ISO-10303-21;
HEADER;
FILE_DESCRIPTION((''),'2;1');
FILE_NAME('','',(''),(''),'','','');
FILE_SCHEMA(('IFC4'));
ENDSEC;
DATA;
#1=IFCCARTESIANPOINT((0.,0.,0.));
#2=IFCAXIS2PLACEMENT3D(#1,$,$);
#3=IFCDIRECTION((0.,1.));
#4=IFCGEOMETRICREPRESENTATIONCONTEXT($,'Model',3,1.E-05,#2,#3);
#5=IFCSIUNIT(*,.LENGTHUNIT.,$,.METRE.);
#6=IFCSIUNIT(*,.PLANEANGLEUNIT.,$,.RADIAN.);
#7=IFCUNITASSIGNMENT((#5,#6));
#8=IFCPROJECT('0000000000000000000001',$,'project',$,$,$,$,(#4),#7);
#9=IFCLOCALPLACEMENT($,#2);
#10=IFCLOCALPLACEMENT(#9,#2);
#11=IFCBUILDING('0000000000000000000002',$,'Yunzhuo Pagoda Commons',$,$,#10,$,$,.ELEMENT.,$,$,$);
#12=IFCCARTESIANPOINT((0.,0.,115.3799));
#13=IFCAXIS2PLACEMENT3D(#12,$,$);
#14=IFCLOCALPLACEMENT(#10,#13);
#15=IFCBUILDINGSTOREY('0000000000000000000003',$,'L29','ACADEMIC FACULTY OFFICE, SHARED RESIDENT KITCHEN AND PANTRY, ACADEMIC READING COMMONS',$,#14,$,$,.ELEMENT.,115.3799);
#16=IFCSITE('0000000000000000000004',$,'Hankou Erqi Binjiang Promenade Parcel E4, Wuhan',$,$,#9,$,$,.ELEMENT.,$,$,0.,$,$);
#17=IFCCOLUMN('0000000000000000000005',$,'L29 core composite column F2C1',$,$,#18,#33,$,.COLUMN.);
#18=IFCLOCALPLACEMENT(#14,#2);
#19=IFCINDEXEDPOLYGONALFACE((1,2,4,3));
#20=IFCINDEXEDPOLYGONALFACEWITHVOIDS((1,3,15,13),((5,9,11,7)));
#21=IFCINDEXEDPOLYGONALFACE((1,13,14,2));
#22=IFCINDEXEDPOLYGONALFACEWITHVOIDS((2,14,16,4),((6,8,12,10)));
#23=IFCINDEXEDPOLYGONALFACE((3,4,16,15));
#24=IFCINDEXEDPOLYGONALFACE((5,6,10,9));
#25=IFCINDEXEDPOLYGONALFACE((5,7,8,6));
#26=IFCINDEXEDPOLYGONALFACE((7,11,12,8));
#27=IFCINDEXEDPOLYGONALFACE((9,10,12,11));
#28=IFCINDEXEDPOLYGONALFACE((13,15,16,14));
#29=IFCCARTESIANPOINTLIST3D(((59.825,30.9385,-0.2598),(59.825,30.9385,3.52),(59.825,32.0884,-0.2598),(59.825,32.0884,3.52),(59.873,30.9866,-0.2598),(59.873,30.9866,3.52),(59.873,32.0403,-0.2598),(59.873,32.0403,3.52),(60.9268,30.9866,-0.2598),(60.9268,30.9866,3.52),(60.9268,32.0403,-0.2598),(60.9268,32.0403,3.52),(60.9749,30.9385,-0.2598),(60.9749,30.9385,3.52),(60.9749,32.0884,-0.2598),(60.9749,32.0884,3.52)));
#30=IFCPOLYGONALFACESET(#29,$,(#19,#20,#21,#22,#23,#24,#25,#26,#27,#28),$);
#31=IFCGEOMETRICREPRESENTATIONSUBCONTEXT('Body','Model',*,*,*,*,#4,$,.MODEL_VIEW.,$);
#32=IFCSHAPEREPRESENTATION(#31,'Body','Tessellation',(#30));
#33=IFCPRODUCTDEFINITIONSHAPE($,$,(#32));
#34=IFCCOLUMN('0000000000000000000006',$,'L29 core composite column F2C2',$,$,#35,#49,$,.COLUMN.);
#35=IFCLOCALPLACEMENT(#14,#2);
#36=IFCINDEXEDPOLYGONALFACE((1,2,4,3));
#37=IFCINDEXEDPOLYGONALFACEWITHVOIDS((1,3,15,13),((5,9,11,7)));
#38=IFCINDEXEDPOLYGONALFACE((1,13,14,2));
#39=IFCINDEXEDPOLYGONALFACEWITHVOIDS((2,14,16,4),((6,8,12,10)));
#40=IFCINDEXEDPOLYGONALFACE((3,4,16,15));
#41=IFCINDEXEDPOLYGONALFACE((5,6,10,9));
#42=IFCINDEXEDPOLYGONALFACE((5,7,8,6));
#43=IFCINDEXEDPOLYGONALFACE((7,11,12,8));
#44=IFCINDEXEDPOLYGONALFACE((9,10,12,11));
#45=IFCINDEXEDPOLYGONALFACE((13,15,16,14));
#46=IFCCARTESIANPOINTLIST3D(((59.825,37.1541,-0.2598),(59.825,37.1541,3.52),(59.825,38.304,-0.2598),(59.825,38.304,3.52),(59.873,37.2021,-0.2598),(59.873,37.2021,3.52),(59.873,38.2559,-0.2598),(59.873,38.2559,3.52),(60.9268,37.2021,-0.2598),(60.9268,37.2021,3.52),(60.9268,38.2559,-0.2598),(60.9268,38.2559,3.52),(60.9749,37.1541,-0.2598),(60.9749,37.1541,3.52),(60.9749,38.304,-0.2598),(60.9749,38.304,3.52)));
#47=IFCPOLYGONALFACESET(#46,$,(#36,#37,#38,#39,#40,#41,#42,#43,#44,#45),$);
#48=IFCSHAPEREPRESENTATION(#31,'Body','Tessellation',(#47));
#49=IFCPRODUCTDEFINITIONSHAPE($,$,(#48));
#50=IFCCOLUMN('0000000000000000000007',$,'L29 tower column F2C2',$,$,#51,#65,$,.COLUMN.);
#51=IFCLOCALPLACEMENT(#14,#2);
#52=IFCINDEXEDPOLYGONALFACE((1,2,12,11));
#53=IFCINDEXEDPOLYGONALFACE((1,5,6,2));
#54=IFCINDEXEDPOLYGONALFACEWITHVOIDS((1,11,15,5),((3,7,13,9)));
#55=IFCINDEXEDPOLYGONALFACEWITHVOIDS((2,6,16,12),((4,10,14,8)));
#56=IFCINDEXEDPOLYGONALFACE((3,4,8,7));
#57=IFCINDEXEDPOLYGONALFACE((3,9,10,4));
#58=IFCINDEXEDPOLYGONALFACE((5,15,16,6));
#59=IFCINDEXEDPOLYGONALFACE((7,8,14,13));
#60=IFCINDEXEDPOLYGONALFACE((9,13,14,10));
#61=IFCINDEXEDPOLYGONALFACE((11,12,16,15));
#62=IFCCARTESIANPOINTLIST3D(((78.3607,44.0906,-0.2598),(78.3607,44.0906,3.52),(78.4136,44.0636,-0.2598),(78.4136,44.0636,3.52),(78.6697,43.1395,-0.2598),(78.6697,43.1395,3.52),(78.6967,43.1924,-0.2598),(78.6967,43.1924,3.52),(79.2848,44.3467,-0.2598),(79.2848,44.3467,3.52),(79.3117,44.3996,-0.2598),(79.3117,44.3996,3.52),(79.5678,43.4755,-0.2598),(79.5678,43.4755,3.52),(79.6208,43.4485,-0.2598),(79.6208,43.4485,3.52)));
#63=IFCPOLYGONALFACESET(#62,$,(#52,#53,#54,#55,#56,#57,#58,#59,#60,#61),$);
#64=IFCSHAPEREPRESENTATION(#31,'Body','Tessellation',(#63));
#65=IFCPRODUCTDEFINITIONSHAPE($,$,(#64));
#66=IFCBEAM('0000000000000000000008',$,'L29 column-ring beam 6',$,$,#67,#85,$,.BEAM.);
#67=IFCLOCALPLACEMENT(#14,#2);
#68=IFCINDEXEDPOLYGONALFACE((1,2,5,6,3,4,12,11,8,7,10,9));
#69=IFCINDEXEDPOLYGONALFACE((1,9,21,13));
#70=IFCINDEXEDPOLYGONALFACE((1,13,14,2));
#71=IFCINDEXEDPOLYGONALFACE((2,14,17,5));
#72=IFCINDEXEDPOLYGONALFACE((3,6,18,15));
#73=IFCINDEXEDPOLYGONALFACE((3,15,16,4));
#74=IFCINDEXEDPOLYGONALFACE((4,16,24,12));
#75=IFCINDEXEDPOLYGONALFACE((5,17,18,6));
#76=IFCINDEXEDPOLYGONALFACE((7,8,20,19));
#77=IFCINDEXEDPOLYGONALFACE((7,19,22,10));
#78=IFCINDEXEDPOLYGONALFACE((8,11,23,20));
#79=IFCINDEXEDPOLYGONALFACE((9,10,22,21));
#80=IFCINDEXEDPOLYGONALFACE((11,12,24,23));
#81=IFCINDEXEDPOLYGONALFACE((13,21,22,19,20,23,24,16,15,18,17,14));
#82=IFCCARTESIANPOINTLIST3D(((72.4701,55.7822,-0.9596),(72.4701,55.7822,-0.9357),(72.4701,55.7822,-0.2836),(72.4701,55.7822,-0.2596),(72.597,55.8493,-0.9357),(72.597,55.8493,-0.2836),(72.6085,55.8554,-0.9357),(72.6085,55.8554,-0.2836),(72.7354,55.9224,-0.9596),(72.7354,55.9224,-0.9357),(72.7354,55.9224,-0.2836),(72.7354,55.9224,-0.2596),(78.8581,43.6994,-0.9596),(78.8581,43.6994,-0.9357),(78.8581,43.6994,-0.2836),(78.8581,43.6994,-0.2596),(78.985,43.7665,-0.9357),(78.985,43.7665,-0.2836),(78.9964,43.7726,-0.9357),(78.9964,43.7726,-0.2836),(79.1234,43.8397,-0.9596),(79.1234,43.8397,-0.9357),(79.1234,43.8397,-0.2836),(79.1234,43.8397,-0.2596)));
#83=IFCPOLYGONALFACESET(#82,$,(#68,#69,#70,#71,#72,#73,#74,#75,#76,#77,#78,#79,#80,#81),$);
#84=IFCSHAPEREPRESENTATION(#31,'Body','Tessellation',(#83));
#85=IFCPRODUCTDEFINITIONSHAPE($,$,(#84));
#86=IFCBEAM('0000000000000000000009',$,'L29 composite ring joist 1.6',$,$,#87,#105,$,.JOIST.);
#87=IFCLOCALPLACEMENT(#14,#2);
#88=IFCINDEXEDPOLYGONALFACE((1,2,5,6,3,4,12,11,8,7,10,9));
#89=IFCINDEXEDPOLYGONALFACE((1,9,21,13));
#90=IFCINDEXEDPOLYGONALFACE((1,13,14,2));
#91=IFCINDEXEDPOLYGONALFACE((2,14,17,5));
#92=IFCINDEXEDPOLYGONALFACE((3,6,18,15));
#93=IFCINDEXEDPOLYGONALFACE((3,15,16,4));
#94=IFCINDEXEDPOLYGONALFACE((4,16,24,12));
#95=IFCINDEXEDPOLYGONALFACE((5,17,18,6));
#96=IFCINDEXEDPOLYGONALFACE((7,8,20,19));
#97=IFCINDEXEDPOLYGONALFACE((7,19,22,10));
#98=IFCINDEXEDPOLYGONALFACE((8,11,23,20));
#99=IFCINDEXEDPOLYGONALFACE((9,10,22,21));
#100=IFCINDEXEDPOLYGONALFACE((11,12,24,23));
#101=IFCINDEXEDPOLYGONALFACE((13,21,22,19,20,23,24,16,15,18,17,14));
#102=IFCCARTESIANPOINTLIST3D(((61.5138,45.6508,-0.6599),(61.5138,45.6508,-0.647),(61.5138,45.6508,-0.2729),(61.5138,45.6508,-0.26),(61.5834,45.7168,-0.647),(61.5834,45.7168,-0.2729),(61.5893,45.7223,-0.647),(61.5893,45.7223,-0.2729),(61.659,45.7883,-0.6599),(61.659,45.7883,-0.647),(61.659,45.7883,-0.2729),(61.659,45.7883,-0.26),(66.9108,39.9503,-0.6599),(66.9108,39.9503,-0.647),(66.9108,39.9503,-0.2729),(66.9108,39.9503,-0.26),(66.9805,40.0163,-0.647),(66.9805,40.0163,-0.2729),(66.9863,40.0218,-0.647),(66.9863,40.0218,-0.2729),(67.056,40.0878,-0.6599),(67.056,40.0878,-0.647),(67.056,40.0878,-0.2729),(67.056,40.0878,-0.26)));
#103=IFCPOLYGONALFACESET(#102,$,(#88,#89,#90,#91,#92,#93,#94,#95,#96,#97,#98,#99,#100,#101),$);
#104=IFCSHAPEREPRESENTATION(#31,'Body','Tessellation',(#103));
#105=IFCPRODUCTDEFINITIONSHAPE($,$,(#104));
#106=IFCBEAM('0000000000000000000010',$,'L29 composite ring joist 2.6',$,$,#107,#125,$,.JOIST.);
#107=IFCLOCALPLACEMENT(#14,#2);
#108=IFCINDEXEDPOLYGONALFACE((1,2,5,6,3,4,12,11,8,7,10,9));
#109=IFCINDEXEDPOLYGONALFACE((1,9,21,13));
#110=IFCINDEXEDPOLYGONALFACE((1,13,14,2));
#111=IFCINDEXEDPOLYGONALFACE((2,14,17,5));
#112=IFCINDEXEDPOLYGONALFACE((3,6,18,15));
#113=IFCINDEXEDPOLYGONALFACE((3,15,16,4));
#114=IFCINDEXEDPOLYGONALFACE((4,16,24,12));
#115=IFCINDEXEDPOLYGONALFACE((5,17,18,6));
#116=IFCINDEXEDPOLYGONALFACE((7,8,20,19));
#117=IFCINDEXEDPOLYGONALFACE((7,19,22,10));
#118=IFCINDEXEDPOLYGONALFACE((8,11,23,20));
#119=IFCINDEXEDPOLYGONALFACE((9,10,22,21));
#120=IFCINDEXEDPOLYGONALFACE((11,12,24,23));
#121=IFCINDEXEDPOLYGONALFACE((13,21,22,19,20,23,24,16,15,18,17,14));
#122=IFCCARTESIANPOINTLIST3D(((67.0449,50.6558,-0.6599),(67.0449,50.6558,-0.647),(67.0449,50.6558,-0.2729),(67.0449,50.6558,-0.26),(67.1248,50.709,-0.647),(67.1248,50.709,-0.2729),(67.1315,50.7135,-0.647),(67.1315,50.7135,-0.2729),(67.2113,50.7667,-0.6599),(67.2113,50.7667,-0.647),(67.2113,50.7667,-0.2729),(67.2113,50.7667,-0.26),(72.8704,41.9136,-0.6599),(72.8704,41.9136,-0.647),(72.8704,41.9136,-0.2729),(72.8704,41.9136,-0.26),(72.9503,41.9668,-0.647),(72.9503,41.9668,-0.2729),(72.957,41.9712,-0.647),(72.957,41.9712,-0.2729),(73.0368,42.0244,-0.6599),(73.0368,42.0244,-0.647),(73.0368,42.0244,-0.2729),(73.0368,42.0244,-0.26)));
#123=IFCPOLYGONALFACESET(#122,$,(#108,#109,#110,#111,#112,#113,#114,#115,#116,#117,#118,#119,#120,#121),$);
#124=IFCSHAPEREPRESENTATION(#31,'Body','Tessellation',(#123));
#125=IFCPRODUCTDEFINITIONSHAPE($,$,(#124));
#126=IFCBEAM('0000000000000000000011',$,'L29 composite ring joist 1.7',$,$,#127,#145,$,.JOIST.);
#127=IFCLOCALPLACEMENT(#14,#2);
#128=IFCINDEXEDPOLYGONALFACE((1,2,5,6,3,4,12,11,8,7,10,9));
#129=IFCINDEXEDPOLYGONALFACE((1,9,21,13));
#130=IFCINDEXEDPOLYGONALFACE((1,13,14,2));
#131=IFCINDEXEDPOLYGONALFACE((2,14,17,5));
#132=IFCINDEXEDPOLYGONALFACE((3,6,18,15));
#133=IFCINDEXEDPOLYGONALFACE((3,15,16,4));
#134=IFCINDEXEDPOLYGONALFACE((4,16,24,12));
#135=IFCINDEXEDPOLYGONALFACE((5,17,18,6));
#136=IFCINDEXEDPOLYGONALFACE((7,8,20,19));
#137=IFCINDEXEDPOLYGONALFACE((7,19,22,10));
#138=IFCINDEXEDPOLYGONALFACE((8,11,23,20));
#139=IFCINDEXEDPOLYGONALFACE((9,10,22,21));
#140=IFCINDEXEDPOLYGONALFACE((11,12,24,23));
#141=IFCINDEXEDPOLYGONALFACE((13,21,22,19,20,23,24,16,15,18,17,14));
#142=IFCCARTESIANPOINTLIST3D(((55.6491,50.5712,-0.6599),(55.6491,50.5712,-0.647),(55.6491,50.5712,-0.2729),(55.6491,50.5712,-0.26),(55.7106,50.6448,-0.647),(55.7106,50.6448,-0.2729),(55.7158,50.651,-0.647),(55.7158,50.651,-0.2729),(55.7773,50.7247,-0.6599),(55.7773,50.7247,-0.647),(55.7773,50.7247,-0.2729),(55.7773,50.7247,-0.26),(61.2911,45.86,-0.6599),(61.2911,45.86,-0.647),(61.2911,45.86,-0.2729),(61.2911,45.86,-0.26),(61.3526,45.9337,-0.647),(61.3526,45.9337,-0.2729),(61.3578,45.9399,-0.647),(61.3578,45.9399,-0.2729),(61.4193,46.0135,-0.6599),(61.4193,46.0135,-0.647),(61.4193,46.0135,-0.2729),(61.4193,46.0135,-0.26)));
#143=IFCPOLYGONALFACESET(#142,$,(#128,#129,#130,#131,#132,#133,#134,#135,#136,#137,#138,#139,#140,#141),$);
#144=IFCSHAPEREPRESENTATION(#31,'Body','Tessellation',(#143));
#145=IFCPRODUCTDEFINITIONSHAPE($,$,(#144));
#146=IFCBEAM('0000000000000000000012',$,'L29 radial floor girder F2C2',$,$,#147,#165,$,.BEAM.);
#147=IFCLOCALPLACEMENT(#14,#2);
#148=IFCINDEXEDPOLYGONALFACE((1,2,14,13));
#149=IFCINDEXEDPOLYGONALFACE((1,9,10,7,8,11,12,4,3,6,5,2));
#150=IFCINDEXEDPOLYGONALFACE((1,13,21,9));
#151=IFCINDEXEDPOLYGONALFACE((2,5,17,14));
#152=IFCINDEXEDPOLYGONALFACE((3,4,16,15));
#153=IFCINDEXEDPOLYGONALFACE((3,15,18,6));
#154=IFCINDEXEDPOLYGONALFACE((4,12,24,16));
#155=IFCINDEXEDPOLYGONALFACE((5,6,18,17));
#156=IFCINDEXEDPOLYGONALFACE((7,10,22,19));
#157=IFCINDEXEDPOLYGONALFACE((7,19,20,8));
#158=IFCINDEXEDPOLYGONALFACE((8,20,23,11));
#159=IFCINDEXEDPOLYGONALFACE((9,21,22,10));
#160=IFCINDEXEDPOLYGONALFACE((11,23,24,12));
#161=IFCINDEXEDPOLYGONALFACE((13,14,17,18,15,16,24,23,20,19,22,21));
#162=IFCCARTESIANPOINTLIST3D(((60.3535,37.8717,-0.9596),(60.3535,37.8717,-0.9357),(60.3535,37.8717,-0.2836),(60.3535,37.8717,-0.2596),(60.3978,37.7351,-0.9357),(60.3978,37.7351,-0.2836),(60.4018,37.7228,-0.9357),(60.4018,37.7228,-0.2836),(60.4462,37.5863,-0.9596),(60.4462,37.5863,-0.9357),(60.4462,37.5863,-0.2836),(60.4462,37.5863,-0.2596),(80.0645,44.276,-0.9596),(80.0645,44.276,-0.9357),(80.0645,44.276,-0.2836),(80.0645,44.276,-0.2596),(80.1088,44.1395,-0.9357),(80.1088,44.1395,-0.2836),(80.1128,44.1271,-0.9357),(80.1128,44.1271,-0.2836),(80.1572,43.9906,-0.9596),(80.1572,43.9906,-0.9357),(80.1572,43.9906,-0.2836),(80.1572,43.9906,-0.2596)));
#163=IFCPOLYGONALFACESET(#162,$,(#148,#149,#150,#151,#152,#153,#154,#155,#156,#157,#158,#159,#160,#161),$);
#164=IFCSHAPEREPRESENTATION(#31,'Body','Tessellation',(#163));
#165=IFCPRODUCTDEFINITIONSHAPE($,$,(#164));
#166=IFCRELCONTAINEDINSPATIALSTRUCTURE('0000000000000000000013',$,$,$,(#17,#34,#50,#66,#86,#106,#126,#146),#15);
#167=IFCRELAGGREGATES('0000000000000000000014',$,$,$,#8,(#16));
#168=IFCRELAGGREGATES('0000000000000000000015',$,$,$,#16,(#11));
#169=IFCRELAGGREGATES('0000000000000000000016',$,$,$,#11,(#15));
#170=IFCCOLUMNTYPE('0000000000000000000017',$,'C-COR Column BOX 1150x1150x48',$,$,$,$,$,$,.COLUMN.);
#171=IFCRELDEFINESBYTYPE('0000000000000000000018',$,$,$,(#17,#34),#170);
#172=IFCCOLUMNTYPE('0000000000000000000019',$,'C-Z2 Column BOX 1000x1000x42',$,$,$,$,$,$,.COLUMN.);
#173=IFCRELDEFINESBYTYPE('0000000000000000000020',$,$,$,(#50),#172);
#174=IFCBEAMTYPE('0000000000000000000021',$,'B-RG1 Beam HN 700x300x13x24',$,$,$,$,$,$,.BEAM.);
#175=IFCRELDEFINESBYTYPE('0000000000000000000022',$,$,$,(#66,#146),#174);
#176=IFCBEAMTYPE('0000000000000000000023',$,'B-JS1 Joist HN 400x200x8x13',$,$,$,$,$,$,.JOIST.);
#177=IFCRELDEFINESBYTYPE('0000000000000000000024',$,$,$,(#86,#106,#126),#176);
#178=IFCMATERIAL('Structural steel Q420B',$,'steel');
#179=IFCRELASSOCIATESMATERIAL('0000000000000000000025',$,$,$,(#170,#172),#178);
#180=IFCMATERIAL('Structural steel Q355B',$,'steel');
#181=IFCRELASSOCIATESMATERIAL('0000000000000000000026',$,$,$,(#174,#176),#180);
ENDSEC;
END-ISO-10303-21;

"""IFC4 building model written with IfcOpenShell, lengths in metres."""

from ifc_helpers import new_model, si_unit, direction, frame, origin, origin_2d, place, context, subcontext, project, spatial, hollow_rectangle, i_section, extrude, source, transform, mapped, material, material_profile, profile_set, type_object, element, save


model = new_model("IFC4")

# Units and contexts
model_context = context("Model", 3, precision=1e-05, world=origin(), true_north=direction((0.0, 1.0)))
body_context = subcontext(model_context, "Body", "Model", "MODEL_VIEW")
ifc_project = project(units=[si_unit("LENGTHUNIT", "METRE"), si_unit("PLANEANGLEUNIT", "RADIAN")], contexts=[model_context])

# Site, building, storey
site_placement = place(None, origin())
site = spatial("IfcSite", under=ifc_project, at=site_placement, Name="Hankou Erqi Binjiang Promenade Parcel E4, Wuhan", CompositionType="ELEMENT", RefElevation=0.0)
building_placement = place(site_placement, origin())
building = spatial("IfcBuilding", under=site, at=building_placement, Name="Yunzhuo Pagoda Commons", CompositionType="ELEMENT")
storey_placement = place(building_placement, frame((0.0, 0.0, 115.3799)))
storey = spatial("IfcBuildingStorey", under=building, at=storey_placement, Name="L29", Description="ACADEMIC FACULTY OFFICE, SHARED RESIDENT KITCHEN AND PANTRY, ACADEMIC READING COMMONS", CompositionType="ELEMENT", Elevation=115.3799)

# Columns
ifc_material_1 = material(Name="Structural steel Q420B", Category="steel")
ifc_material_profile_1 = material_profile(ifc_material_1, hollow_rectangle(XDim=1.1499, YDim=1.1499, WallThickness=0.0481, at=origin_2d()), Name="Structural steel Q420B")
ifc_profile_set_1 = profile_set([ifc_material_profile_1], Name="Structural steel Q420B")
column_type_1 = type_object("IfcColumnType", Name="C-COR Column BOX 1150x1150x48", PredefinedType="COLUMN", material=ifc_profile_set_1)
shared_shape_1 = source(origin(), body_context, "Body", "SweptSolid", [
    extrude(hollow_rectangle(XDim=1.1499, YDim=1.1499, WallThickness=0.0481, at=origin_2d()), origin(), (0.0, 0.0, 1.0), 3.7798),
])
for number, where, z_axis, x_axis, name in (
    (1, (60.3999, 31.5134, -0.2598), (0.0, 0.0, 1.0), (1.0, 0.0, 0.0), "L29 core composite column F2C1"),
    (2, (60.3999, 37.729, -0.2598), (0.0, 0.0, 1.0), (1.0, 0.0, 0.0), "L29 core composite column F2C2"),
):
    element("IfcColumn", number, at=place(storey_placement, frame(where, z_axis=z_axis, x_axis=x_axis)), inside=storey, type_object=column_type_1, Name=name, PredefinedType="COLUMN", context=body_context, shape_type="MappedRepresentation", body=[
        mapped(shared_shape_1, transform((0.0, 0.0, 0.0), scale=1.0)),
    ])
ifc_material_profile_2 = material_profile(ifc_material_1, hollow_rectangle(XDim=1.0, YDim=1.0, WallThickness=0.042, at=origin_2d()), Name="Structural steel Q420B")
ifc_profile_set_2 = profile_set([ifc_material_profile_2], Name="Structural steel Q420B")
column_type_2 = type_object("IfcColumnType", Name="C-Z2 Column BOX 1000x1000x42", PredefinedType="COLUMN", material=ifc_profile_set_2)
shared_shape_2 = source(origin(), body_context, "Body", "SweptSolid", [
    extrude(hollow_rectangle(XDim=1.0, YDim=1.0, WallThickness=0.042, at=origin_2d()), origin(), (0.0, 0.0, 1.0), 3.7798),
])
column_placement = place(storey_placement, frame((78.9907, 43.7695, -0.2598), z_axis=(0.0, 0.0, 1.0), x_axis=(-0.309017, 0.951057, 0.0)))
element("IfcColumn", 3, at=column_placement, inside=storey, type_object=column_type_2, Name="L29 tower column F2C2", PredefinedType="COLUMN", context=body_context, shape_type="MappedRepresentation", body=[
    mapped(shared_shape_2, transform((0.0, 0.0, 0.0), scale=1.0)),
])

# Beams
ifc_material_2 = material(Name="Structural steel Q355B", Category="steel")
ifc_material_profile_3 = material_profile(ifc_material_2, i_section(OverallWidth=0.3, OverallDepth=0.7, WebThickness=0.0129, FlangeThickness=0.0239, at=origin_2d()), Name="Structural steel Q355B")
ifc_profile_set_3 = profile_set([ifc_material_profile_3], Name="Structural steel Q355B")
beam_type_1 = type_object("IfcBeamType", Name="B-RG1 Beam HN 700x300x13x24", PredefinedType="BEAM", material=ifc_profile_set_3)
shared_shape_3 = source(origin(), body_context, "Body", "SweptSolid", [
    extrude(i_section(OverallWidth=0.3, OverallDepth=0.7, WebThickness=0.0129, FlangeThickness=0.0239, at=origin_2d()), origin(), (0.0, 0.0, 1.0), 13.6675),
])
beam_1_placement = place(storey_placement, frame((78.9907, 43.7695, -0.6096), z_axis=(-0.467384, 0.884055, 0.0), x_axis=(-0.884055, -0.467384, 0.0)))
element("IfcBeam", 4, at=beam_1_placement, inside=storey, type_object=beam_type_1, Name="L29 column-ring beam 6", PredefinedType="BEAM", context=body_context, shape_type="MappedRepresentation", body=[
    mapped(shared_shape_3, transform((0.0, 0.0, 0.0), scale=1.0)),
])
ifc_material_profile_4 = material_profile(ifc_material_2, i_section(OverallWidth=0.2, OverallDepth=0.3999, WebThickness=0.0081, FlangeThickness=0.0129, at=origin_2d()), Name="Structural steel Q355B")
ifc_profile_set_4 = profile_set([ifc_material_profile_4], Name="Structural steel Q355B")
beam_type_2 = type_object("IfcBeamType", Name="B-JS1 Joist HN 400x200x8x13", PredefinedType="JOIST", material=ifc_profile_set_4)
shared_shape_4 = source(origin(), body_context, "Body", "SweptSolid", [
    extrude(i_section(OverallWidth=0.2, OverallDepth=0.3999, WebThickness=0.0081, FlangeThickness=0.0129, at=origin_2d()), origin(), (0.0, 0.0, 1.0), 7.8501),
])
beam_2_placement = place(storey_placement, frame((66.9834, 40.019, -0.46), z_axis=(-0.687513, 0.726172, 0.0), x_axis=(-0.726172, -0.687513, 0.0)))
element("IfcBeam", 5, at=beam_2_placement, inside=storey, type_object=beam_type_2, Name="L29 composite ring joist 1.6", PredefinedType="JOIST", context=body_context, shape_type="MappedRepresentation", body=[
    mapped(shared_shape_4, transform((0.0, 0.0, 0.0), scale=1.0)),
])
shared_shape_5 = source(origin(), body_context, "Body", "SweptSolid", [
    extrude(i_section(OverallWidth=0.2, OverallDepth=0.3999, WebThickness=0.0081, FlangeThickness=0.0129, at=origin_2d()), origin(), (0.0, 0.0, 1.0), 10.5054),
])
beam_3_placement = place(storey_placement, frame((72.9536, 41.969, -0.46), z_axis=(-0.554523, 0.832168, 0.0), x_axis=(-0.832168, -0.554523, 0.0)))
element("IfcBeam", 6, at=beam_3_placement, inside=storey, type_object=beam_type_2, Name="L29 composite ring joist 2.6", PredefinedType="JOIST", context=body_context, shape_type="MappedRepresentation", body=[
    mapped(shared_shape_5, transform((0.0, 0.0, 0.0), scale=1.0)),
])
shared_shape_6 = source(origin(), body_context, "Body", "SweptSolid", [
    extrude(i_section(OverallWidth=0.2, OverallDepth=0.3999, WebThickness=0.0081, FlangeThickness=0.0129, at=origin_2d()), origin(), (0.0, 0.0, 1.0), 7.3503),
])
beam_4_placement = place(storey_placement, frame((61.3552, 45.9368, -0.46), z_axis=(-0.767589, 0.640942, 0.0), x_axis=(-0.640942, -0.767589, 0.0)))
element("IfcBeam", 7, at=beam_4_placement, inside=storey, type_object=beam_type_2, Name="L29 composite ring joist 1.7", PredefinedType="JOIST", context=body_context, shape_type="MappedRepresentation", body=[
    mapped(shared_shape_6, transform((0.0, 0.0, 0.0), scale=1.0)),
])
shared_shape_7 = source(origin(), body_context, "Body", "SweptSolid", [
    extrude(i_section(OverallWidth=0.3, OverallDepth=0.7, WebThickness=0.0129, FlangeThickness=0.0239, at=origin_2d()), origin(), (0.0, 0.0, 1.0), 20.7253),
])
beam_5_placement = place(storey_placement, frame((80.1108, 44.1333, -0.6096), z_axis=(-0.951059, -0.309009, 0.0), x_axis=(0.309009, -0.951059, 0.0)))
element("IfcBeam", 8, at=beam_5_placement, inside=storey, type_object=beam_type_1, Name="L29 radial floor girder F2C2", PredefinedType="BEAM", context=body_context, shape_type="MappedRepresentation", body=[
    mapped(shared_shape_7, transform((0.0, 0.0, 0.0), scale=1.0)),
])

save(model, "model.ifc")
